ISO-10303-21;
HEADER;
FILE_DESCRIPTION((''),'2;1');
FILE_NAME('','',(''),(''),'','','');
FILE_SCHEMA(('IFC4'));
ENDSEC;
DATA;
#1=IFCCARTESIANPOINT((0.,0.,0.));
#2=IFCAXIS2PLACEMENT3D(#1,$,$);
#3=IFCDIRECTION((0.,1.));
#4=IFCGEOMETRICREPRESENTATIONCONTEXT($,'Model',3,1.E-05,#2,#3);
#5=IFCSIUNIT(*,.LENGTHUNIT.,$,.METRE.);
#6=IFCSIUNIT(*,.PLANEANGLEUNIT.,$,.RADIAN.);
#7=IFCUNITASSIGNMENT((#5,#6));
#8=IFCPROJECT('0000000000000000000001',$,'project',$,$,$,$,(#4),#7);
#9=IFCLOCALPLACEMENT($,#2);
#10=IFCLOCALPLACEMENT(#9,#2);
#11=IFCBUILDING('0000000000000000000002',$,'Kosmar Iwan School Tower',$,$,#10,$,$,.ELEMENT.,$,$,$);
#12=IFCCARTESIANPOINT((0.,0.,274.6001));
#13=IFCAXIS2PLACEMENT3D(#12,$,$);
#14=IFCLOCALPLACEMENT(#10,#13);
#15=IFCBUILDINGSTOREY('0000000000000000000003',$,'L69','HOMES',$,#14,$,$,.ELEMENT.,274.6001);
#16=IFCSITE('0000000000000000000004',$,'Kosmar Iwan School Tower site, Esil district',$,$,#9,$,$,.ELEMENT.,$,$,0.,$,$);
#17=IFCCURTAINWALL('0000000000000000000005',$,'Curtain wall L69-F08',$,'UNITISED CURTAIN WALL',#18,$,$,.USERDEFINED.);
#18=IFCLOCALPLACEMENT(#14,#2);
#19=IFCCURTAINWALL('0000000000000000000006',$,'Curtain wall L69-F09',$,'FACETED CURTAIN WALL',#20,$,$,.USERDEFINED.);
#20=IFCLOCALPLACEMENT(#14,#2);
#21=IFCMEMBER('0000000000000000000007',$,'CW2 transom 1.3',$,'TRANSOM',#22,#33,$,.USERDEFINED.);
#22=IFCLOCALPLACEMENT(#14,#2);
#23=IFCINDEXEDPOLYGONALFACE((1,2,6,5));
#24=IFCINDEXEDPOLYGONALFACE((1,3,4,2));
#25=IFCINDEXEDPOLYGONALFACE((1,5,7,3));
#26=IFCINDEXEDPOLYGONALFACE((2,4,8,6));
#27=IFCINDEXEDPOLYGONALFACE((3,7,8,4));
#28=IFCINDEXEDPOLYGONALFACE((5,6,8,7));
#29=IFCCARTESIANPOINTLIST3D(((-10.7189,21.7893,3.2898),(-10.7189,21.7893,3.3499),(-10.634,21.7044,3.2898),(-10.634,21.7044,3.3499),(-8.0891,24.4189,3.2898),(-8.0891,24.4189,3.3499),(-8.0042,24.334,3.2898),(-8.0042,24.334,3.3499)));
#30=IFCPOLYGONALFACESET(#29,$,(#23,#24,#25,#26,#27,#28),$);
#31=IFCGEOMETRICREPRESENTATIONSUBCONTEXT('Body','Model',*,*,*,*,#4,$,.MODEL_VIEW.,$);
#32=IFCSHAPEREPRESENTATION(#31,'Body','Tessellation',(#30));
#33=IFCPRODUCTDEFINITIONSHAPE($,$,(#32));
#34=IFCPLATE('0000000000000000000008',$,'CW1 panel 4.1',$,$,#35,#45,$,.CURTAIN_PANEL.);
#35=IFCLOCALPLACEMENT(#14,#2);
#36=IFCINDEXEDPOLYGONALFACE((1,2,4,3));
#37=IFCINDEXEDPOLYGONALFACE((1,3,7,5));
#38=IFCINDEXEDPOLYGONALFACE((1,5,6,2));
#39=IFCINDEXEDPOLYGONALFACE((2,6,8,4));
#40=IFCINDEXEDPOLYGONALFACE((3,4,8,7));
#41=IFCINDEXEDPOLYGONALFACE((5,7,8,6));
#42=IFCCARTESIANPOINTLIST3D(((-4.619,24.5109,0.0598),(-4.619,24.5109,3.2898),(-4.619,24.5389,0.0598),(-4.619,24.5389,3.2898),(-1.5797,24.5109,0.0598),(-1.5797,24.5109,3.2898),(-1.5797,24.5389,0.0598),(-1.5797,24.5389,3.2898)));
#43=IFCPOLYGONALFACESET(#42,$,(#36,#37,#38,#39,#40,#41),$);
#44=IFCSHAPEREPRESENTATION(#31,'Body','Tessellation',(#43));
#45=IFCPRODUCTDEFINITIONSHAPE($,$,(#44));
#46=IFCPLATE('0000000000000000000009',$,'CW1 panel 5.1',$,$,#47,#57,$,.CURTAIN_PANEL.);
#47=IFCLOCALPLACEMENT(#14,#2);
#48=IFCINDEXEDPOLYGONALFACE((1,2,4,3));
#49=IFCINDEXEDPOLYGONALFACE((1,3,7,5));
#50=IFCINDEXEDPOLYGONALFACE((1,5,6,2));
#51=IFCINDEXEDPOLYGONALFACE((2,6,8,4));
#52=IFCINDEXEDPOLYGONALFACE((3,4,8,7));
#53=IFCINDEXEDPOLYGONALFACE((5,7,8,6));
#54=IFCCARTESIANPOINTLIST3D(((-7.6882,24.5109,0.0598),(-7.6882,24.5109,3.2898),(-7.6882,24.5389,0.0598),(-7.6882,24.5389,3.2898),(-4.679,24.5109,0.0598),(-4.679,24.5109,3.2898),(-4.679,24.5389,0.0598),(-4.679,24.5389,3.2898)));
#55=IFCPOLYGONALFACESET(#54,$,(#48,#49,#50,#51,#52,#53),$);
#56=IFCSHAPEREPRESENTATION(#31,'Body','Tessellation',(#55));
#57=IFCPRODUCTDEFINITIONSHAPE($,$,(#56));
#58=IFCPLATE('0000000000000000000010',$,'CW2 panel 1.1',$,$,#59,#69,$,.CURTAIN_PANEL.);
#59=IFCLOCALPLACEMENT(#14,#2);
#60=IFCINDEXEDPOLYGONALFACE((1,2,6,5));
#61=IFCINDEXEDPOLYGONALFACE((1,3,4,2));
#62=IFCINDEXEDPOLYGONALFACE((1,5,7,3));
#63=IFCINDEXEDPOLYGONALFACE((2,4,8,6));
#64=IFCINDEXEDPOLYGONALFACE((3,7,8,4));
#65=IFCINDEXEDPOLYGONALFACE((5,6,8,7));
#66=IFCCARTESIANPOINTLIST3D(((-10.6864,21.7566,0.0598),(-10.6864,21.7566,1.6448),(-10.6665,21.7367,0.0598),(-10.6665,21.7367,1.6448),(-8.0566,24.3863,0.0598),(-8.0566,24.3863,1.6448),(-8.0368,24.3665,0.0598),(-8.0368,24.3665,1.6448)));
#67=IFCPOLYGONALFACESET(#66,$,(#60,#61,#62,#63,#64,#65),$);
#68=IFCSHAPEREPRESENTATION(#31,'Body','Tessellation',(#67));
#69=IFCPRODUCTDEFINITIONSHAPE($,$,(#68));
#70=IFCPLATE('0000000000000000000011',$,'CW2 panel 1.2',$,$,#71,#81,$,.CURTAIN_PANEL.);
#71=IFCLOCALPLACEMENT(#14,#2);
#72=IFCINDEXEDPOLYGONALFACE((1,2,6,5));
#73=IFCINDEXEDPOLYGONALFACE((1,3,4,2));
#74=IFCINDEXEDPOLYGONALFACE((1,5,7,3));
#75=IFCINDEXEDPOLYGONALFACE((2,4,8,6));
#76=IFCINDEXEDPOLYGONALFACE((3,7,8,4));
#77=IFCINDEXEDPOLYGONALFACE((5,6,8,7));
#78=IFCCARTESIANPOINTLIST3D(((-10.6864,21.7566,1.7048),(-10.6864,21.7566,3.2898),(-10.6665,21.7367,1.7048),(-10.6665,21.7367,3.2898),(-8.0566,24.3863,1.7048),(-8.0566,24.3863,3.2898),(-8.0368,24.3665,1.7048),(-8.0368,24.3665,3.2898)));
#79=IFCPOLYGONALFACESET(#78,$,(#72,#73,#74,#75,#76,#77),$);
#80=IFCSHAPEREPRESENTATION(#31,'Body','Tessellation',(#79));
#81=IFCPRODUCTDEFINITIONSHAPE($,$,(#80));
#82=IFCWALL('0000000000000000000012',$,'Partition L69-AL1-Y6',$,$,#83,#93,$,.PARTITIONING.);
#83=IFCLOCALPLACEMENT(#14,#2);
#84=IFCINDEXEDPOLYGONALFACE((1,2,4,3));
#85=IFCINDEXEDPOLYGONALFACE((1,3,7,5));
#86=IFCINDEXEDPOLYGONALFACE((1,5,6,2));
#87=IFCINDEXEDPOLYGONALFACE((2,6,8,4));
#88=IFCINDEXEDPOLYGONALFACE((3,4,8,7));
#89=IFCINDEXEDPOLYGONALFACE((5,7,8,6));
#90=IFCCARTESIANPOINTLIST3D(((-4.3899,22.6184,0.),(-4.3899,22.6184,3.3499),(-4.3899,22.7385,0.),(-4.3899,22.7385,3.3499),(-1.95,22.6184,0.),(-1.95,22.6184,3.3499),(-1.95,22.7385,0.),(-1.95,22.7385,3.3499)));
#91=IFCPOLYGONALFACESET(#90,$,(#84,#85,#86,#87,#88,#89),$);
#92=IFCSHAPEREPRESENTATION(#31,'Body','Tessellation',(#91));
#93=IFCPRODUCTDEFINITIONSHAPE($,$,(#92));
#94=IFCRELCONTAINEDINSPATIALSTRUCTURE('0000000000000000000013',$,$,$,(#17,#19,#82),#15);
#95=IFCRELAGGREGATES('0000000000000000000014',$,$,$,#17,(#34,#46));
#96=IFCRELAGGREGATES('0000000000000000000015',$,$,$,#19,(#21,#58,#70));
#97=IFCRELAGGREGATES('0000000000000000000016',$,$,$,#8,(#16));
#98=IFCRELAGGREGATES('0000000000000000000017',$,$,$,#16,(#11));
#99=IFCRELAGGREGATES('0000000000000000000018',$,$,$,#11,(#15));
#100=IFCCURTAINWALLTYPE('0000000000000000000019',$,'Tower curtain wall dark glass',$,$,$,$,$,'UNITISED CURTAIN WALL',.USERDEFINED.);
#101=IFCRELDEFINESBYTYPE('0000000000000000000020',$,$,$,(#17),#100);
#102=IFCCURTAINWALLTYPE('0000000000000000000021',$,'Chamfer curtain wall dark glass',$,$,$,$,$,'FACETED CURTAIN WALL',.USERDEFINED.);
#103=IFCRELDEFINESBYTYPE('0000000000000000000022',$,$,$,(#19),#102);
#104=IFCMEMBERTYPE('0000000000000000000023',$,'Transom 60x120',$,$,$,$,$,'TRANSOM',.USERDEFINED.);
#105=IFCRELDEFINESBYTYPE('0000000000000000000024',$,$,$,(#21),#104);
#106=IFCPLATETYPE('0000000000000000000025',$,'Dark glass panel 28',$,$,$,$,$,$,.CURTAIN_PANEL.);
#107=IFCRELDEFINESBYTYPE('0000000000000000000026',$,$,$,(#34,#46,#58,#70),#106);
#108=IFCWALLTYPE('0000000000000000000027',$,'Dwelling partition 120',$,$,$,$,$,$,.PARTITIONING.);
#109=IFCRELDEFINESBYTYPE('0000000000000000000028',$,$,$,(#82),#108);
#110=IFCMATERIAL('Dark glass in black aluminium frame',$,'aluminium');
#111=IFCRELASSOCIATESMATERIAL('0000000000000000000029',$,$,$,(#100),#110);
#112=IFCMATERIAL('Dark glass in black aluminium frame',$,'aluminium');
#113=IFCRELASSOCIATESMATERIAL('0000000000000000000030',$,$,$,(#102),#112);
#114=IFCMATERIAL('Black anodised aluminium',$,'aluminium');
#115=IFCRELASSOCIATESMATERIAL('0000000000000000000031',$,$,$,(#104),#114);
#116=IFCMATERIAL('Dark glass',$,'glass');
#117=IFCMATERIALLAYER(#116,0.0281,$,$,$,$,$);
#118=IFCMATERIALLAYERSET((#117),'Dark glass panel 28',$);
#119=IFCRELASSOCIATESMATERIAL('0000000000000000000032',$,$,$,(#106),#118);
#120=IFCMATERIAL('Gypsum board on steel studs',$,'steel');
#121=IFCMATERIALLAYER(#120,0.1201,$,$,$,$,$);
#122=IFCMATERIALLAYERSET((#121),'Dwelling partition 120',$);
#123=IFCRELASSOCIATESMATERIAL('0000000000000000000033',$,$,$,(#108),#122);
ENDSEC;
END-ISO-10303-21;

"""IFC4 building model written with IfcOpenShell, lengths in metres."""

from ifc_helpers import new_model, si_unit, direction, frame, frame_2d, origin, origin_2d, place, context, subcontext, project, spatial, rectangle, extrude, material, layer, layer_set, material_profile, profile_set, type_object, element, aggregate, save


model = new_model("IFC4")

# Units and contexts
model_context = context("Model", 3, precision=1e-05, world=origin(), true_north=direction((0.0, 1.0)))
body_context = subcontext(model_context, "Body", "Model", "MODEL_VIEW")
ifc_project = project(units=[si_unit("LENGTHUNIT", "METRE"), si_unit("PLANEANGLEUNIT", "RADIAN")], contexts=[model_context])

# Site, building, storey
site_placement = place(None, origin())
site = spatial("IfcSite", under=ifc_project, at=site_placement, Name="Kosmar Iwan School Tower site, Esil district", CompositionType="ELEMENT", RefElevation=0.0)
building_placement = place(site_placement, origin())
building = spatial("IfcBuilding", under=site, at=building_placement, Name="Kosmar Iwan School Tower", CompositionType="ELEMENT")
storey_placement = place(building_placement, frame((0.0, 0.0, 274.6001)))
storey = spatial("IfcBuildingStorey", under=building, at=storey_placement, Name="L69", Description="HOMES", CompositionType="ELEMENT", Elevation=274.6001)

# Curtain walls
ifc_material_1 = material(Name="Dark glass in black aluminium frame", Category="aluminium")
curtain_wall_type_1 = type_object("IfcCurtainWallType", Name="Tower curtain wall dark glass", ElementType="UNITISED CURTAIN WALL", PredefinedType="USERDEFINED", material=ifc_material_1)
curtain_wall_1_placement = place(storey_placement, origin())
curtain_wall_1 = element("IfcCurtainWall", 1, at=curtain_wall_1_placement, inside=storey, type_object=curtain_wall_type_1, Name="Curtain wall L69-F08", ObjectType="UNITISED CURTAIN WALL", PredefinedType="USERDEFINED")
ifc_material_2 = material(Name="Dark glass in black aluminium frame", Category="aluminium")
curtain_wall_type_2 = type_object("IfcCurtainWallType", Name="Chamfer curtain wall dark glass", ElementType="FACETED CURTAIN WALL", PredefinedType="USERDEFINED", material=ifc_material_2)
curtain_wall_2_placement = place(storey_placement, origin())
curtain_wall_2 = element("IfcCurtainWall", 2, at=curtain_wall_2_placement, inside=storey, type_object=curtain_wall_type_2, Name="Curtain wall L69-F09", ObjectType="FACETED CURTAIN WALL", PredefinedType="USERDEFINED")

# Member
ifc_material_3 = material(Name="Black anodised aluminium", Category="aluminium")
ifc_material_profile_1 = material_profile(ifc_material_3, rectangle(XDim=0.1201, YDim=0.0601, at=origin_2d()), Name="TRANSOM 60x120")
ifc_profile_set_1 = profile_set([ifc_material_profile_1], Name="Black anodised aluminium")
member_type_1 = type_object("IfcMemberType", Name="Transom 60x120", ElementType="TRANSOM", PredefinedType="USERDEFINED", material=ifc_profile_set_1)
member_1_placement = place(storey_placement, frame((-8.0466, 24.3765, 3.3198), z_axis=(-0.70714, -0.707074, 0.0), x_axis=(0.707074, -0.70714, 0.0)))
member_1 = element("IfcMember", 3, at=member_1_placement, type_object=member_type_1, Name="CW2 transom 1.3", ObjectType="TRANSOM", PredefinedType="USERDEFINED", context=body_context, shape_type="SweptSolid", body=[
    extrude(rectangle(XDim=0.1201, YDim=0.0601, at=origin_2d()), origin(), (0.0, 0.0, 1.0), 3.719),
])

# Plates
ifc_material_4 = material(Name="Dark glass", Category="glass")
ifc_layer_1 = layer(ifc_material_4, 0.0281)
ifc_layer_set_1 = layer_set([ifc_layer_1], Name="Dark glass panel 28")
plate_type = type_object("IfcPlateType", Name="Dark glass panel 28", PredefinedType="CURTAIN_PANEL", material=ifc_layer_set_1)
plate_1_placement = place(storey_placement, frame((-3.0994, 24.5249, 0.0598), z_axis=(0.0, 0.0, 1.0), x_axis=(-1.0, 0.0, 0.0)))
plate_1 = element("IfcPlate", 4, at=plate_1_placement, type_object=plate_type, Name="CW1 panel 4.1", PredefinedType="CURTAIN_PANEL", context=body_context, shape_type="SweptSolid", body=[
    extrude(rectangle(XDim=3.0393, YDim=0.0281, at=origin_2d()), origin(), (0.0, 0.0, 1.0), 3.23),
])
plate_2_placement = place(storey_placement, frame((-6.1836, 24.5249, 0.0598), z_axis=(0.0, 0.0, 1.0), x_axis=(-1.0, 0.0, 0.0)))
plate_2 = element("IfcPlate", 5, at=plate_2_placement, type_object=plate_type, Name="CW1 panel 5.1", PredefinedType="CURTAIN_PANEL", context=body_context, shape_type="SweptSolid", body=[
    extrude(rectangle(XDim=3.0093, YDim=0.0281, at=origin_2d()), origin(), (0.0, 0.0, 1.0), 3.23),
])
aggregate(curtain_wall_1, [plate_1, plate_2])
plate_3_placement = place(storey_placement, frame((-9.3616, 23.0615, 0.0598), z_axis=(0.0, 0.0, 1.0), x_axis=(-0.707107, -0.707107, 0.0)))
plate_3 = element("IfcPlate", 6, at=plate_3_placement, type_object=plate_type, Name="CW2 panel 1.1", PredefinedType="CURTAIN_PANEL", context=body_context, shape_type="SweptSolid", body=[
    extrude(rectangle(XDim=3.719, YDim=0.0281, at=origin_2d()), origin(), (0.0, 0.0, 1.0), 1.585),
])
plate_4_placement = place(storey_placement, frame((-9.3616, 23.0615, 1.7048), z_axis=(0.0, 0.0, 1.0), x_axis=(-0.707107, -0.707107, 0.0)))
plate_4 = element("IfcPlate", 7, at=plate_4_placement, type_object=plate_type, Name="CW2 panel 1.2", PredefinedType="CURTAIN_PANEL", context=body_context, shape_type="SweptSolid", body=[
    extrude(rectangle(XDim=3.719, YDim=0.0281, at=origin_2d()), origin(), (0.0, 0.0, 1.0), 1.585),
])
aggregate(curtain_wall_2, [member_1, plate_3, plate_4])

# Wall
ifc_material_5 = material(Name="Gypsum board on steel studs", Category="steel")
ifc_layer_2 = layer(ifc_material_5, 0.1201)
ifc_layer_set_2 = layer_set([ifc_layer_2], Name="Dwelling partition 120")
wall_type = type_object("IfcWallType", Name="Dwelling partition 120", PredefinedType="PARTITIONING", material=ifc_layer_set_2)
wall_placement = place(storey_placement, frame((-1.95, 22.6785, 0.0), z_axis=(0.0, 0.0, 1.0), x_axis=(-1.0, 0.0, 0.0)))
element("IfcWall", 8, at=wall_placement, inside=storey, type_object=wall_type, Name="Partition L69-AL1-Y6", PredefinedType="PARTITIONING", context=body_context, shape_type="SweptSolid", body=[
    extrude(rectangle(XDim=2.4399, YDim=0.1201, at=frame_2d((1.22, 0.0))), origin(), (0.0, 0.0, 1.0), 3.3499),
])

save(model, "model.ifc")
